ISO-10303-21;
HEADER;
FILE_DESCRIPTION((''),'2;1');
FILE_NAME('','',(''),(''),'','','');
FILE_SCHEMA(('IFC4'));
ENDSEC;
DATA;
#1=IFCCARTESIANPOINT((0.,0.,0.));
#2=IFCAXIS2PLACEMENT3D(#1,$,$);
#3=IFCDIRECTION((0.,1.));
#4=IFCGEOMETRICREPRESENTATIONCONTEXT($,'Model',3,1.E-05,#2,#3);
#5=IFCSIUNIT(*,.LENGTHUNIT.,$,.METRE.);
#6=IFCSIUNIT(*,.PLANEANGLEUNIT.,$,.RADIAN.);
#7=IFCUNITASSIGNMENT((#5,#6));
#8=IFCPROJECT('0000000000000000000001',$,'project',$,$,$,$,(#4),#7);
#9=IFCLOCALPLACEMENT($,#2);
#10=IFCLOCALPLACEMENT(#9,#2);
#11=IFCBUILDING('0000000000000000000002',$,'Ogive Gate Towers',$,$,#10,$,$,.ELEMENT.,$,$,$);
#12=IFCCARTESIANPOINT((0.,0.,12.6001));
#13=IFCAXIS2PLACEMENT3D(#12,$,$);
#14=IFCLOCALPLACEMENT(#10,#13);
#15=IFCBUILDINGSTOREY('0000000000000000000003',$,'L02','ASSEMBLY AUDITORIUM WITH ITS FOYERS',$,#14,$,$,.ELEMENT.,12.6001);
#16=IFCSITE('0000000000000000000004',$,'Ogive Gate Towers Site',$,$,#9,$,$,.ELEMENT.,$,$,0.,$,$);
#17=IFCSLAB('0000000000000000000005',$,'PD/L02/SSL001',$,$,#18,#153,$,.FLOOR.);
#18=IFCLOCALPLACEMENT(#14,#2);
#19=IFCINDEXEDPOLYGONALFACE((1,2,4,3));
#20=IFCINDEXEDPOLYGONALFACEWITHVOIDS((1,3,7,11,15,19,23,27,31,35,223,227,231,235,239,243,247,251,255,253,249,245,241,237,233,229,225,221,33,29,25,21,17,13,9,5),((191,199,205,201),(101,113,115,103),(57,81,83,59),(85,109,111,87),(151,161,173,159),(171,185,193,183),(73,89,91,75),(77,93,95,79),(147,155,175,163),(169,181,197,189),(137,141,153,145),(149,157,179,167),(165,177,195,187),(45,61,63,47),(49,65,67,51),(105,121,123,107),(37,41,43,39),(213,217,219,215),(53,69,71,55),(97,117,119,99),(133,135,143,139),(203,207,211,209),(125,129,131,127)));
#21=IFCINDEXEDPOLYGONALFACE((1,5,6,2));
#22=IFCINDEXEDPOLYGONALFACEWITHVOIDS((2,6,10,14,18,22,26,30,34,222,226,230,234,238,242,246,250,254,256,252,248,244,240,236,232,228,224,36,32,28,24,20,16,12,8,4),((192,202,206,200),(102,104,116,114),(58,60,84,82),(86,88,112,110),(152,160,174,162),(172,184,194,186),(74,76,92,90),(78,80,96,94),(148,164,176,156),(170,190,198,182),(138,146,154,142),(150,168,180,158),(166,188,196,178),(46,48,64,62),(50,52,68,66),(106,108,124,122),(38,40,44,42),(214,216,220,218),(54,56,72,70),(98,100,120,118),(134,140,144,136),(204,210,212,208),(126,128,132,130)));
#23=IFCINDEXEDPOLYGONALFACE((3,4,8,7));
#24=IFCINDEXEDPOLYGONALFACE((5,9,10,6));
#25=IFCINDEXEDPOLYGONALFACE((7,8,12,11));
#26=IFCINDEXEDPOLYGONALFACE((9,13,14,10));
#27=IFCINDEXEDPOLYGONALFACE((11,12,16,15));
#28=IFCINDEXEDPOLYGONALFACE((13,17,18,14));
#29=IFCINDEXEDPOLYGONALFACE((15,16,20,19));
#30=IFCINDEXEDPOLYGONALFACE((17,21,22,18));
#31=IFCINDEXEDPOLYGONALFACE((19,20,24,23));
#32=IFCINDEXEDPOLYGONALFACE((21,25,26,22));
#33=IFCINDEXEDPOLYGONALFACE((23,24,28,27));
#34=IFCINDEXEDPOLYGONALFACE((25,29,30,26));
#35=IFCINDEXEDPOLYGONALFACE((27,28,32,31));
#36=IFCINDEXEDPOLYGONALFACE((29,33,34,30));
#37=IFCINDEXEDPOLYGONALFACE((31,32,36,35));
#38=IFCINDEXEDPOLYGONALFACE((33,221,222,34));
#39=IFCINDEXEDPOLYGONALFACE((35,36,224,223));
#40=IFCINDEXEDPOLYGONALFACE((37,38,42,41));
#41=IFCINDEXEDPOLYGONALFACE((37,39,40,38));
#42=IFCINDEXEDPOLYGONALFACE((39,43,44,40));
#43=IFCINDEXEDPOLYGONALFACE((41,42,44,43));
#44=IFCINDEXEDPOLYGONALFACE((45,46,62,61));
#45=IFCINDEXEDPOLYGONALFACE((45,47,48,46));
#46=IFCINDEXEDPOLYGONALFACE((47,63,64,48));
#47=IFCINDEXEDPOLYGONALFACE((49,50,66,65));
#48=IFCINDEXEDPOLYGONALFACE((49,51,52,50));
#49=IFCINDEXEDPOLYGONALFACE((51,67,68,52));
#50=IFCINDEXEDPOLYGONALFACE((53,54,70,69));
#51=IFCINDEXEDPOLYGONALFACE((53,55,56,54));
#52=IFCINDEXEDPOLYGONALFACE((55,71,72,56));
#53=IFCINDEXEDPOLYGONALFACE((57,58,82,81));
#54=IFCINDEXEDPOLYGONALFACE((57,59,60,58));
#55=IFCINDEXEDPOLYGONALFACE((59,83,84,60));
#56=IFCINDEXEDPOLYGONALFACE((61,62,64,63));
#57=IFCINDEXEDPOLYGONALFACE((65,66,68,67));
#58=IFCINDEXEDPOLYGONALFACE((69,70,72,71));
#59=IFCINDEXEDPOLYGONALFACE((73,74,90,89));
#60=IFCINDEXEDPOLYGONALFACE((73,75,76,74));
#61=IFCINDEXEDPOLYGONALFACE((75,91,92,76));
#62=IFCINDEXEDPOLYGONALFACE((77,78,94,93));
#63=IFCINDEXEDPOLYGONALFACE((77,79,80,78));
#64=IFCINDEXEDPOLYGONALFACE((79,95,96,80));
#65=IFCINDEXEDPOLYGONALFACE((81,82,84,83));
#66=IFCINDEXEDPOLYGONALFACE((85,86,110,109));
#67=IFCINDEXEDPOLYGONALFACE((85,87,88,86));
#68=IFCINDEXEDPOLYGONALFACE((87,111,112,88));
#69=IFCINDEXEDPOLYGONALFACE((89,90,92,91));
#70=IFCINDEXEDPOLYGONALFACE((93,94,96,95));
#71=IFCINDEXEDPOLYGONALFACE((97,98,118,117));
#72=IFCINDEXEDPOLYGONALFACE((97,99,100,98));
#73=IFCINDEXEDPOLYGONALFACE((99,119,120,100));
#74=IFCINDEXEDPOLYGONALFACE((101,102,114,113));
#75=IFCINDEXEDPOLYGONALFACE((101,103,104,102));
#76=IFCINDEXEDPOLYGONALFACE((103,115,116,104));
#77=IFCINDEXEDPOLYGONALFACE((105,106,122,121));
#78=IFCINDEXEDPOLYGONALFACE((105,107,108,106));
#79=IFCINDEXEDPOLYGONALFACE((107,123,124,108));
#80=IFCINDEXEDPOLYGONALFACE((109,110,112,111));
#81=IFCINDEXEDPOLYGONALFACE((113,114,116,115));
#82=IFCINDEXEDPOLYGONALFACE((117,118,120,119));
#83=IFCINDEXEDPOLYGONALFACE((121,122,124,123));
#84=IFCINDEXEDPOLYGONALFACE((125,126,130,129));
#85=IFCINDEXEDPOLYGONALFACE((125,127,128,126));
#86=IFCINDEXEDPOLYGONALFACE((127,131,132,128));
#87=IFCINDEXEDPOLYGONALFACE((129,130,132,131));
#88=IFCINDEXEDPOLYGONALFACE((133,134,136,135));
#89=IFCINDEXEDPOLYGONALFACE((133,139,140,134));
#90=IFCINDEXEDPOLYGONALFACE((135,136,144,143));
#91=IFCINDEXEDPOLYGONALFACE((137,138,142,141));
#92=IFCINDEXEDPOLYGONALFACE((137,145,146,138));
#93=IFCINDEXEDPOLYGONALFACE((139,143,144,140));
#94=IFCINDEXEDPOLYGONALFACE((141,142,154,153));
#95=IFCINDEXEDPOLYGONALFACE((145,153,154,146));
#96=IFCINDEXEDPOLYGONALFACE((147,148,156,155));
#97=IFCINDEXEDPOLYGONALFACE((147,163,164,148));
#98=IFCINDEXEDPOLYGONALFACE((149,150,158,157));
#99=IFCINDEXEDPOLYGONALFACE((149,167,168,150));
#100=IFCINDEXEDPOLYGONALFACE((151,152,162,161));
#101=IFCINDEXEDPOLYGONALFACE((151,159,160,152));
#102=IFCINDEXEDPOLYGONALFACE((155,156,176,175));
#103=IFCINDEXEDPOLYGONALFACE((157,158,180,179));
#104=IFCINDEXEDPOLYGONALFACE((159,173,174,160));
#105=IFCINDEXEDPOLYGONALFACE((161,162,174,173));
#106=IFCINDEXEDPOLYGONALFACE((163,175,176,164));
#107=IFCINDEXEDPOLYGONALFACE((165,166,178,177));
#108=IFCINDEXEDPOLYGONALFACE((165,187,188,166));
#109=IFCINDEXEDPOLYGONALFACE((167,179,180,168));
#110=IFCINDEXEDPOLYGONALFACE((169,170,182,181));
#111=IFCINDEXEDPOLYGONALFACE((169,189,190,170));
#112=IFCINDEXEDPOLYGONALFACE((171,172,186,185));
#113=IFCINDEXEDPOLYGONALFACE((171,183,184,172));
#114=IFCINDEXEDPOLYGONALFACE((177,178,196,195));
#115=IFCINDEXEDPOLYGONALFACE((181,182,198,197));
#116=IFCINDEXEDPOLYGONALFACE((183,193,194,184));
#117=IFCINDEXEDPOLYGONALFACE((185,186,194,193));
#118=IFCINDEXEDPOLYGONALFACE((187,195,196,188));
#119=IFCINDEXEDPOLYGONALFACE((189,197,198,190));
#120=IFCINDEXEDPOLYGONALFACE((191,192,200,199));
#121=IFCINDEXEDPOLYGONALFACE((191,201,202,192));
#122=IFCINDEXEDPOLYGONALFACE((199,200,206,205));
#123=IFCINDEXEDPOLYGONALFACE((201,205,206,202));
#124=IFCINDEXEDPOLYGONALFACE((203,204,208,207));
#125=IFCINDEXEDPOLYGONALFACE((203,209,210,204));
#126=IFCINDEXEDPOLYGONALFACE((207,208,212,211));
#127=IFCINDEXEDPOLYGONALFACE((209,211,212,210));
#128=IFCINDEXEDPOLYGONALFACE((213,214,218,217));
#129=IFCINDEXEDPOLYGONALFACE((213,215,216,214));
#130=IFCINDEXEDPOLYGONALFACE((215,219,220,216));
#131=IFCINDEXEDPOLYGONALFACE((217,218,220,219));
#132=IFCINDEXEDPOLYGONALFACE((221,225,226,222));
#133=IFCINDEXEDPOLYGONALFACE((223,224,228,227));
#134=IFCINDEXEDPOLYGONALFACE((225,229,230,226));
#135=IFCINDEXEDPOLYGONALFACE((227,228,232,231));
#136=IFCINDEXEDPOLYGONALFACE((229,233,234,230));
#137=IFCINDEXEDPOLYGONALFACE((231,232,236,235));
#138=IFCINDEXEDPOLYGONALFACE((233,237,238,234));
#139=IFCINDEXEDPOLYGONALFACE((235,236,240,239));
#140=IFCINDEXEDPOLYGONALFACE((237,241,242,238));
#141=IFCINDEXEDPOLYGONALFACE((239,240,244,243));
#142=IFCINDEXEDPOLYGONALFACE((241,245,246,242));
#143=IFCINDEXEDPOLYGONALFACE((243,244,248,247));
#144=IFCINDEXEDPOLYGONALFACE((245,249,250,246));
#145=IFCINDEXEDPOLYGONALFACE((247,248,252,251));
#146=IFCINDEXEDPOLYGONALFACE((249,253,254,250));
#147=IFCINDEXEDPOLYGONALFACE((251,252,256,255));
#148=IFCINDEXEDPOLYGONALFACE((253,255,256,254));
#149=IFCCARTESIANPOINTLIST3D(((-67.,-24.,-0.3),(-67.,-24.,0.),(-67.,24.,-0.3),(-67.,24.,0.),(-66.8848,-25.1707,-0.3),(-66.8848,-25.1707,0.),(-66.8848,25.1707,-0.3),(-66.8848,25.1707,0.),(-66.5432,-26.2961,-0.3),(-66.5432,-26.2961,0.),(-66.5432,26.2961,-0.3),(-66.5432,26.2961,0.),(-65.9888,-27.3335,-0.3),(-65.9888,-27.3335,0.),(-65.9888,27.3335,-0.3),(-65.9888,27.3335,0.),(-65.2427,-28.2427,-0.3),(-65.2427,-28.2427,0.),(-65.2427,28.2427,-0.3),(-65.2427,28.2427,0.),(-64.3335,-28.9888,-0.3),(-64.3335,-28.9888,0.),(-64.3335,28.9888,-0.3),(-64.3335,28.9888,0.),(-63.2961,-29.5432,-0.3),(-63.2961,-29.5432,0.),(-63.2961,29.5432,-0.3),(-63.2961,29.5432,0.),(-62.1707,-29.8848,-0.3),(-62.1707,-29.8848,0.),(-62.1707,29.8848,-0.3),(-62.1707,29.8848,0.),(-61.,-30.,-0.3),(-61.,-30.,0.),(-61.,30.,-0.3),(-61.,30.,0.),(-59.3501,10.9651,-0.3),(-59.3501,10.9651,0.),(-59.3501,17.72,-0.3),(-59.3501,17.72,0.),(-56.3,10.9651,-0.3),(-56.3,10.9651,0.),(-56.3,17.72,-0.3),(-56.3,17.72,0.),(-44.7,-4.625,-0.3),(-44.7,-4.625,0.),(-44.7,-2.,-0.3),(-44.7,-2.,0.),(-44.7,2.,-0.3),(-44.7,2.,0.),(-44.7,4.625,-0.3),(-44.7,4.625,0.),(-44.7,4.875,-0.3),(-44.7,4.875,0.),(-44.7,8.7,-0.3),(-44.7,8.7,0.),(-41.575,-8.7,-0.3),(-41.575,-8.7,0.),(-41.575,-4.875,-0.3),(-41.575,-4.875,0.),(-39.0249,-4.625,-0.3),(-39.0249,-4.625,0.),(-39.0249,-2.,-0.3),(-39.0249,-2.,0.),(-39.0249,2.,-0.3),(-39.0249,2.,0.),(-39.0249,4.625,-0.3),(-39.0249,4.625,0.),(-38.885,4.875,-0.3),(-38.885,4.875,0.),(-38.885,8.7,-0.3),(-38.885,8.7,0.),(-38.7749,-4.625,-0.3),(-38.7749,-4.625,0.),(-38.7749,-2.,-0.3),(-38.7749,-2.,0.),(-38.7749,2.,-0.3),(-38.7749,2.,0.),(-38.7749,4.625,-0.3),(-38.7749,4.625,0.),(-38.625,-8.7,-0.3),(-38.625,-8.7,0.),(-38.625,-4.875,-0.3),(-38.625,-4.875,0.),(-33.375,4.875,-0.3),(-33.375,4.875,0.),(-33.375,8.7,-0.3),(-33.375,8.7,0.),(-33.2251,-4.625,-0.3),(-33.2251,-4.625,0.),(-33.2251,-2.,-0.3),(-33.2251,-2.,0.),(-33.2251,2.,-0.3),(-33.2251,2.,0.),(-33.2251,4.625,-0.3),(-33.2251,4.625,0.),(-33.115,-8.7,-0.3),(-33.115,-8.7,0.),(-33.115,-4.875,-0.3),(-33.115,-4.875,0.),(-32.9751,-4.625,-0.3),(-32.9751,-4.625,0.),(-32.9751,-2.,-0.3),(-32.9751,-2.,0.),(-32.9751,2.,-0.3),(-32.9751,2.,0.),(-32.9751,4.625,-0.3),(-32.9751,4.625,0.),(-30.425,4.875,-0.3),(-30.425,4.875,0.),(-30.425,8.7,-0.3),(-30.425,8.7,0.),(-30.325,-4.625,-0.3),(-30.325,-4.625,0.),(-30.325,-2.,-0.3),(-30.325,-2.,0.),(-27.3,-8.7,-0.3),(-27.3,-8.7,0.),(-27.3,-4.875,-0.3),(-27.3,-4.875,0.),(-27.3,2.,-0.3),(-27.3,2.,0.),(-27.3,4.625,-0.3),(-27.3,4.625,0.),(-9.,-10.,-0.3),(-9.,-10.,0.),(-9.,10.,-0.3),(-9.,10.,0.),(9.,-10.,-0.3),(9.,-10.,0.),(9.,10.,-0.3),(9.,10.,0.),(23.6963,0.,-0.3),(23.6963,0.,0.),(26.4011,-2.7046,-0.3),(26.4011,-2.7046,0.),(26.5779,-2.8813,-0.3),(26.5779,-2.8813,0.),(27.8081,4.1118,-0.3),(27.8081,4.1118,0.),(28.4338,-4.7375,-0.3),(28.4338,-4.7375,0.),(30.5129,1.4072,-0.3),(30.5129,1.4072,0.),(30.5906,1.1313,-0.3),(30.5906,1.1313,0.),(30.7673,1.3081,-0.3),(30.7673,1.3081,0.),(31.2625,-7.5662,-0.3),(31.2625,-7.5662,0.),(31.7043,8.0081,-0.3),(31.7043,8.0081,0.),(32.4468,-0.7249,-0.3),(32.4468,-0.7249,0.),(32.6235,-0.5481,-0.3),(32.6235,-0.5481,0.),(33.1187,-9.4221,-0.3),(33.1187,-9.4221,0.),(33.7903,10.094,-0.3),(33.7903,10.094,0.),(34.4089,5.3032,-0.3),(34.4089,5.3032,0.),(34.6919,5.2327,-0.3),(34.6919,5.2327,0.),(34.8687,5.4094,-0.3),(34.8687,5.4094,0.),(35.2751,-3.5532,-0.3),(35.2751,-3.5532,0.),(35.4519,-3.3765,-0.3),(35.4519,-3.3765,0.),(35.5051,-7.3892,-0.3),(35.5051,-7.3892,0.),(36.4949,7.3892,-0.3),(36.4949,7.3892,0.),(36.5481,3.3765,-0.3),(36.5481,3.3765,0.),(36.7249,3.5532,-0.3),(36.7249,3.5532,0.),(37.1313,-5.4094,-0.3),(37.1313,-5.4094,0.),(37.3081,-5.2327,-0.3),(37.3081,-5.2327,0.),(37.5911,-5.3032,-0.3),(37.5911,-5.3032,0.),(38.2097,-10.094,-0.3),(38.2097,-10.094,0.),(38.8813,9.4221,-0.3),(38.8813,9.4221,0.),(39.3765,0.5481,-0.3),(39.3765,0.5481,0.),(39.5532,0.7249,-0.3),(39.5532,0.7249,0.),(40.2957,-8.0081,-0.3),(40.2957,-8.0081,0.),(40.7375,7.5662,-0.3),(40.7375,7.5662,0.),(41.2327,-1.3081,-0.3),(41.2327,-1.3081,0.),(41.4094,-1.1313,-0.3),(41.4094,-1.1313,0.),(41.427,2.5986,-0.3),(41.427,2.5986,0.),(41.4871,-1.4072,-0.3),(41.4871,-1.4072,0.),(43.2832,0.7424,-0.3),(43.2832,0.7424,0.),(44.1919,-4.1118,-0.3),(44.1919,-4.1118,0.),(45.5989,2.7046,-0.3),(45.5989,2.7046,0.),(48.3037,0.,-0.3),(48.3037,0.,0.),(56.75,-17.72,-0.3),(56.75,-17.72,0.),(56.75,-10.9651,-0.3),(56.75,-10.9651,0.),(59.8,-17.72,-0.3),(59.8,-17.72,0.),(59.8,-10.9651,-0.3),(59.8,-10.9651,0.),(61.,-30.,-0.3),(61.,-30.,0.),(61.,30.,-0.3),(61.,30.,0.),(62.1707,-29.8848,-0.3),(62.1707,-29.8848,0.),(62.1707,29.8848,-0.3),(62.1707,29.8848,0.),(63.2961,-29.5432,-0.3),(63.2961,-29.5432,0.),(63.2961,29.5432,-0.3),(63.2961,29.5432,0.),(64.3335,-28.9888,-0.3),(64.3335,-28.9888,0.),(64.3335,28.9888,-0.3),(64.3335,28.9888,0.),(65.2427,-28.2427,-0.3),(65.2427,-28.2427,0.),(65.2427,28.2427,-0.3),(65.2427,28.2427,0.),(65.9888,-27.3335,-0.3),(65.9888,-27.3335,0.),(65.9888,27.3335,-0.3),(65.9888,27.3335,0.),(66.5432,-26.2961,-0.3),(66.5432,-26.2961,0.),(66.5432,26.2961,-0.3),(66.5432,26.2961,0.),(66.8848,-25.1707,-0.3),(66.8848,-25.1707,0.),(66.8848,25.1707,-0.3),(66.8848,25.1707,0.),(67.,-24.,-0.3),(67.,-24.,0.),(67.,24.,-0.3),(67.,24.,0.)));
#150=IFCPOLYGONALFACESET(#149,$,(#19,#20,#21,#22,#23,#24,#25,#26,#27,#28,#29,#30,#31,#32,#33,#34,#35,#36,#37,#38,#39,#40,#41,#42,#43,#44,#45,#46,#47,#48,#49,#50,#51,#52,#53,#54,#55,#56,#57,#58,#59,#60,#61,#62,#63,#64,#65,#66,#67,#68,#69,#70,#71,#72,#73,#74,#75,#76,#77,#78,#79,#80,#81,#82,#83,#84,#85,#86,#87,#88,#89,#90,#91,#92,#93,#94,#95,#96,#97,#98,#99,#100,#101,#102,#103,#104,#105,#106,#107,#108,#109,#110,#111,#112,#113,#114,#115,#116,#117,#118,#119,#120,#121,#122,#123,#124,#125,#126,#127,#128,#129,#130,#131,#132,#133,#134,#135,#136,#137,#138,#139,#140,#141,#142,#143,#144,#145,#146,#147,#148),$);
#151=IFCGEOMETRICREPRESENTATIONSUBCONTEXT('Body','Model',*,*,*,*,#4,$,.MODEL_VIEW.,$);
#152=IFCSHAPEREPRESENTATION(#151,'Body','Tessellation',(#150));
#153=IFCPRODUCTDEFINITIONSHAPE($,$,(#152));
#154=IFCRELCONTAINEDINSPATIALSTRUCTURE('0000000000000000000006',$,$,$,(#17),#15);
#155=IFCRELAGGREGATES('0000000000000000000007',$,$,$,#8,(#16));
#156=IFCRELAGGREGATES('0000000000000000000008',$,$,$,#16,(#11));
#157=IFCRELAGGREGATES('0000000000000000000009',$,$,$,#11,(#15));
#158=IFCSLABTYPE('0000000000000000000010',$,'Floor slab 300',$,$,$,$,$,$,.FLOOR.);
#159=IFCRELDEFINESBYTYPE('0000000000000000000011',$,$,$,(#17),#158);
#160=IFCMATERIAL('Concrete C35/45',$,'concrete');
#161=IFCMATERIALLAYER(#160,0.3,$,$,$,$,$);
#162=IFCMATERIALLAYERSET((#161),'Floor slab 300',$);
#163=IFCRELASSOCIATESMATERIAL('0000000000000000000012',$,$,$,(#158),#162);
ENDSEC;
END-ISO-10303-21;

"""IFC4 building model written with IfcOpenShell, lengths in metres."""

from ifc_helpers import new_model, si_unit, direction, frame, origin, place, context, subcontext, project, spatial, polyline, outline, extrude, material, layer, layer_set, type_object, element, save


model = new_model("IFC4")

# Units and contexts
model_context = context("Model", 3, precision=1e-05, world=origin(), true_north=direction((0.0, 1.0)))
body_context = subcontext(model_context, "Body", "Model", "MODEL_VIEW")
ifc_project = project(units=[si_unit("LENGTHUNIT", "METRE"), si_unit("PLANEANGLEUNIT", "RADIAN")], contexts=[model_context])

# Site, building, storey
site_placement = place(None, origin())
site = spatial("IfcSite", under=ifc_project, at=site_placement, Name="Ogive Gate Towers Site", CompositionType="ELEMENT", RefElevation=0.0)
building_placement = place(site_placement, origin())
building = spatial("IfcBuilding", under=site, at=building_placement, Name="Ogive Gate Towers", CompositionType="ELEMENT")
storey_placement = place(building_placement, frame((0.0, 0.0, 12.6001)))
storey = spatial("IfcBuildingStorey", under=building, at=storey_placement, Name="L02", Description="ASSEMBLY AUDITORIUM WITH ITS FOYERS", CompositionType="ELEMENT", Elevation=12.6001)

# Slab
ifc_material_1 = material(Name="Concrete C35/45", Category="concrete")
ifc_layer_1 = layer(ifc_material_1, 0.3)
ifc_layer_set_1 = layer_set([ifc_layer_1], Name="Floor slab 300")
slab_type_1 = type_object("IfcSlabType", Name="Floor slab 300", PredefinedType="FLOOR", material=ifc_layer_set_1)
slab_1_placement = place(storey_placement, frame((0.0, 0.0, -0.3)))
element("IfcSlab", 1, at=slab_1_placement, inside=storey, type_object=slab_type_1, Name="PD/L02/SSL001", PredefinedType="FLOOR", context=body_context, shape_type="SweptSolid", body=[
    extrude(outline(polyline([(65.2427, 28.2427), (64.3335, 28.9888), (63.2961, 29.5432), (62.1707, 29.8848), (61.0, 30.0), (-61.0, 30.0), (-62.1707, 29.8848), (-63.2961, 29.5432), (-64.3335, 28.9888), (-65.2427, 28.2427), (-65.9888, 27.3335), (-66.5432, 26.2961), (-66.8848, 25.1707), (-67.0, 24.0), (-67.0, -24.0), (-66.8848, -25.1707), (-66.5432, -26.2961), (-65.9888, -27.3335), (-65.2427, -28.2427), (-64.3335, -28.9888), (-63.2961, -29.5432), (-62.1707, -29.8848), (-61.0, -30.0), (61.0, -30.0), (62.1707, -29.8848), (63.2961, -29.5432), (64.3335, -28.9888), (65.2427, -28.2427), (65.9888, -27.3335), (66.5432, -26.2961), (66.8848, -25.1707), (67.0, -24.0), (67.0, 24.0), (66.8848, 25.1707), (66.5432, 26.2961), (65.9888, 27.3335), (65.2427, 28.2427)]), holes=[polyline([(-9.0, 10.0), (9.0, 10.0), (9.0, -10.0), (-9.0, -10.0), (-9.0, 10.0)]), polyline([(-56.3, 10.9651), (-59.3501, 10.9651), (-59.3501, 17.72), (-56.3, 17.72), (-56.3, 10.9651)]), polyline([(59.8, -10.9651), (59.8, -17.72), (56.75, -17.72), (56.75, -10.9651), (59.8, -10.9651)]), polyline([(-39.0249, 2.0), (-44.7, 2.0), (-44.7, 4.625), (-39.0249, 4.625), (-39.0249, 2.0)]), polyline([(-38.7749, 4.625), (-33.2251, 4.625), (-33.2251, 2.0), (-38.7749, 2.0), (-38.7749, 4.625)]), polyline([(-27.3, 2.0), (-32.9751, 2.0), (-32.9751, 4.625), (-27.3, 4.625), (-27.3, 2.0)]), polyline([(-44.7, -2.0), (-39.0249, -2.0), (-39.0249, -4.625), (-44.7, -4.625), (-44.7, -2.0)]), polyline([(-33.2251, -4.625), (-38.7749, -4.625), (-38.7749, -2.0), (-33.2251, -2.0), (-33.2251, -4.625)]), polyline([(-32.9751, -2.0), (-30.325, -2.0), (-30.325, -4.625), (-32.9751, -4.625), (-32.9751, -2.0)]), polyline([(-30.425, 4.875), (-33.375, 4.875), (-33.375, 8.7), (-30.425, 8.7), (-30.425, 4.875)]), polyline([(-41.575, -4.875), (-38.625, -4.875), (-38.625, -8.7), (-41.575, -8.7), (-41.575, -4.875)]), polyline([(-44.7, 8.7), (-38.885, 8.7), (-38.885, 4.875), (-44.7, 4.875), (-44.7, 8.7)]), polyline([(-33.115, -4.875), (-27.3, -4.875), (-27.3, -8.7), (-33.115, -8.7), (-33.115, -4.875)]), polyline([(26.5779, -2.8813), (30.5906, 1.1313), (32.4468, -0.7249), (28.4338, -4.7375), (26.5779, -2.8813)]), polyline([(36.5481, 3.3765), (32.6235, -0.5481), (30.7673, 1.3081), (34.6919, 5.2327), (36.5481, 3.3765)]), polyline([(34.8687, 5.4094), (38.8813, 9.4221), (40.7375, 7.5662), (36.7249, 3.5532), (34.8687, 5.4094)]), polyline([(37.1313, -5.4094), (33.1187, -9.4221), (31.2625, -7.5662), (35.2751, -3.5532), (37.1313, -5.4094)]), polyline([(35.4519, -3.3765), (39.3765, 0.5481), (41.2327, -1.3081), (37.3081, -5.2327), (35.4519, -3.3765)]), polyline([(43.2832, 0.7424), (41.4094, -1.1313), (39.5532, 0.7249), (41.427, 2.5986), (43.2832, 0.7424)]), polyline([(31.7043, 8.0081), (33.7903, 10.094), (36.4949, 7.3892), (34.4089, 5.3032), (31.7043, 8.0081)]), polyline([(40.2957, -8.0081), (38.2097, -10.094), (35.5051, -7.3892), (37.5911, -5.3032), (40.2957, -8.0081)]), polyline([(30.5129, 1.4072), (26.4011, -2.7046), (23.6963, 0.0), (27.8081, 4.1118), (30.5129, 1.4072)]), polyline([(48.3037, 0.0), (44.1919, -4.1118), (41.4871, -1.4072), (45.5989, 2.7046), (48.3037, 0.0)])]), origin(), (0.0, 0.0, 1.0), 0.3),
])

save(model, "model.ifc")
